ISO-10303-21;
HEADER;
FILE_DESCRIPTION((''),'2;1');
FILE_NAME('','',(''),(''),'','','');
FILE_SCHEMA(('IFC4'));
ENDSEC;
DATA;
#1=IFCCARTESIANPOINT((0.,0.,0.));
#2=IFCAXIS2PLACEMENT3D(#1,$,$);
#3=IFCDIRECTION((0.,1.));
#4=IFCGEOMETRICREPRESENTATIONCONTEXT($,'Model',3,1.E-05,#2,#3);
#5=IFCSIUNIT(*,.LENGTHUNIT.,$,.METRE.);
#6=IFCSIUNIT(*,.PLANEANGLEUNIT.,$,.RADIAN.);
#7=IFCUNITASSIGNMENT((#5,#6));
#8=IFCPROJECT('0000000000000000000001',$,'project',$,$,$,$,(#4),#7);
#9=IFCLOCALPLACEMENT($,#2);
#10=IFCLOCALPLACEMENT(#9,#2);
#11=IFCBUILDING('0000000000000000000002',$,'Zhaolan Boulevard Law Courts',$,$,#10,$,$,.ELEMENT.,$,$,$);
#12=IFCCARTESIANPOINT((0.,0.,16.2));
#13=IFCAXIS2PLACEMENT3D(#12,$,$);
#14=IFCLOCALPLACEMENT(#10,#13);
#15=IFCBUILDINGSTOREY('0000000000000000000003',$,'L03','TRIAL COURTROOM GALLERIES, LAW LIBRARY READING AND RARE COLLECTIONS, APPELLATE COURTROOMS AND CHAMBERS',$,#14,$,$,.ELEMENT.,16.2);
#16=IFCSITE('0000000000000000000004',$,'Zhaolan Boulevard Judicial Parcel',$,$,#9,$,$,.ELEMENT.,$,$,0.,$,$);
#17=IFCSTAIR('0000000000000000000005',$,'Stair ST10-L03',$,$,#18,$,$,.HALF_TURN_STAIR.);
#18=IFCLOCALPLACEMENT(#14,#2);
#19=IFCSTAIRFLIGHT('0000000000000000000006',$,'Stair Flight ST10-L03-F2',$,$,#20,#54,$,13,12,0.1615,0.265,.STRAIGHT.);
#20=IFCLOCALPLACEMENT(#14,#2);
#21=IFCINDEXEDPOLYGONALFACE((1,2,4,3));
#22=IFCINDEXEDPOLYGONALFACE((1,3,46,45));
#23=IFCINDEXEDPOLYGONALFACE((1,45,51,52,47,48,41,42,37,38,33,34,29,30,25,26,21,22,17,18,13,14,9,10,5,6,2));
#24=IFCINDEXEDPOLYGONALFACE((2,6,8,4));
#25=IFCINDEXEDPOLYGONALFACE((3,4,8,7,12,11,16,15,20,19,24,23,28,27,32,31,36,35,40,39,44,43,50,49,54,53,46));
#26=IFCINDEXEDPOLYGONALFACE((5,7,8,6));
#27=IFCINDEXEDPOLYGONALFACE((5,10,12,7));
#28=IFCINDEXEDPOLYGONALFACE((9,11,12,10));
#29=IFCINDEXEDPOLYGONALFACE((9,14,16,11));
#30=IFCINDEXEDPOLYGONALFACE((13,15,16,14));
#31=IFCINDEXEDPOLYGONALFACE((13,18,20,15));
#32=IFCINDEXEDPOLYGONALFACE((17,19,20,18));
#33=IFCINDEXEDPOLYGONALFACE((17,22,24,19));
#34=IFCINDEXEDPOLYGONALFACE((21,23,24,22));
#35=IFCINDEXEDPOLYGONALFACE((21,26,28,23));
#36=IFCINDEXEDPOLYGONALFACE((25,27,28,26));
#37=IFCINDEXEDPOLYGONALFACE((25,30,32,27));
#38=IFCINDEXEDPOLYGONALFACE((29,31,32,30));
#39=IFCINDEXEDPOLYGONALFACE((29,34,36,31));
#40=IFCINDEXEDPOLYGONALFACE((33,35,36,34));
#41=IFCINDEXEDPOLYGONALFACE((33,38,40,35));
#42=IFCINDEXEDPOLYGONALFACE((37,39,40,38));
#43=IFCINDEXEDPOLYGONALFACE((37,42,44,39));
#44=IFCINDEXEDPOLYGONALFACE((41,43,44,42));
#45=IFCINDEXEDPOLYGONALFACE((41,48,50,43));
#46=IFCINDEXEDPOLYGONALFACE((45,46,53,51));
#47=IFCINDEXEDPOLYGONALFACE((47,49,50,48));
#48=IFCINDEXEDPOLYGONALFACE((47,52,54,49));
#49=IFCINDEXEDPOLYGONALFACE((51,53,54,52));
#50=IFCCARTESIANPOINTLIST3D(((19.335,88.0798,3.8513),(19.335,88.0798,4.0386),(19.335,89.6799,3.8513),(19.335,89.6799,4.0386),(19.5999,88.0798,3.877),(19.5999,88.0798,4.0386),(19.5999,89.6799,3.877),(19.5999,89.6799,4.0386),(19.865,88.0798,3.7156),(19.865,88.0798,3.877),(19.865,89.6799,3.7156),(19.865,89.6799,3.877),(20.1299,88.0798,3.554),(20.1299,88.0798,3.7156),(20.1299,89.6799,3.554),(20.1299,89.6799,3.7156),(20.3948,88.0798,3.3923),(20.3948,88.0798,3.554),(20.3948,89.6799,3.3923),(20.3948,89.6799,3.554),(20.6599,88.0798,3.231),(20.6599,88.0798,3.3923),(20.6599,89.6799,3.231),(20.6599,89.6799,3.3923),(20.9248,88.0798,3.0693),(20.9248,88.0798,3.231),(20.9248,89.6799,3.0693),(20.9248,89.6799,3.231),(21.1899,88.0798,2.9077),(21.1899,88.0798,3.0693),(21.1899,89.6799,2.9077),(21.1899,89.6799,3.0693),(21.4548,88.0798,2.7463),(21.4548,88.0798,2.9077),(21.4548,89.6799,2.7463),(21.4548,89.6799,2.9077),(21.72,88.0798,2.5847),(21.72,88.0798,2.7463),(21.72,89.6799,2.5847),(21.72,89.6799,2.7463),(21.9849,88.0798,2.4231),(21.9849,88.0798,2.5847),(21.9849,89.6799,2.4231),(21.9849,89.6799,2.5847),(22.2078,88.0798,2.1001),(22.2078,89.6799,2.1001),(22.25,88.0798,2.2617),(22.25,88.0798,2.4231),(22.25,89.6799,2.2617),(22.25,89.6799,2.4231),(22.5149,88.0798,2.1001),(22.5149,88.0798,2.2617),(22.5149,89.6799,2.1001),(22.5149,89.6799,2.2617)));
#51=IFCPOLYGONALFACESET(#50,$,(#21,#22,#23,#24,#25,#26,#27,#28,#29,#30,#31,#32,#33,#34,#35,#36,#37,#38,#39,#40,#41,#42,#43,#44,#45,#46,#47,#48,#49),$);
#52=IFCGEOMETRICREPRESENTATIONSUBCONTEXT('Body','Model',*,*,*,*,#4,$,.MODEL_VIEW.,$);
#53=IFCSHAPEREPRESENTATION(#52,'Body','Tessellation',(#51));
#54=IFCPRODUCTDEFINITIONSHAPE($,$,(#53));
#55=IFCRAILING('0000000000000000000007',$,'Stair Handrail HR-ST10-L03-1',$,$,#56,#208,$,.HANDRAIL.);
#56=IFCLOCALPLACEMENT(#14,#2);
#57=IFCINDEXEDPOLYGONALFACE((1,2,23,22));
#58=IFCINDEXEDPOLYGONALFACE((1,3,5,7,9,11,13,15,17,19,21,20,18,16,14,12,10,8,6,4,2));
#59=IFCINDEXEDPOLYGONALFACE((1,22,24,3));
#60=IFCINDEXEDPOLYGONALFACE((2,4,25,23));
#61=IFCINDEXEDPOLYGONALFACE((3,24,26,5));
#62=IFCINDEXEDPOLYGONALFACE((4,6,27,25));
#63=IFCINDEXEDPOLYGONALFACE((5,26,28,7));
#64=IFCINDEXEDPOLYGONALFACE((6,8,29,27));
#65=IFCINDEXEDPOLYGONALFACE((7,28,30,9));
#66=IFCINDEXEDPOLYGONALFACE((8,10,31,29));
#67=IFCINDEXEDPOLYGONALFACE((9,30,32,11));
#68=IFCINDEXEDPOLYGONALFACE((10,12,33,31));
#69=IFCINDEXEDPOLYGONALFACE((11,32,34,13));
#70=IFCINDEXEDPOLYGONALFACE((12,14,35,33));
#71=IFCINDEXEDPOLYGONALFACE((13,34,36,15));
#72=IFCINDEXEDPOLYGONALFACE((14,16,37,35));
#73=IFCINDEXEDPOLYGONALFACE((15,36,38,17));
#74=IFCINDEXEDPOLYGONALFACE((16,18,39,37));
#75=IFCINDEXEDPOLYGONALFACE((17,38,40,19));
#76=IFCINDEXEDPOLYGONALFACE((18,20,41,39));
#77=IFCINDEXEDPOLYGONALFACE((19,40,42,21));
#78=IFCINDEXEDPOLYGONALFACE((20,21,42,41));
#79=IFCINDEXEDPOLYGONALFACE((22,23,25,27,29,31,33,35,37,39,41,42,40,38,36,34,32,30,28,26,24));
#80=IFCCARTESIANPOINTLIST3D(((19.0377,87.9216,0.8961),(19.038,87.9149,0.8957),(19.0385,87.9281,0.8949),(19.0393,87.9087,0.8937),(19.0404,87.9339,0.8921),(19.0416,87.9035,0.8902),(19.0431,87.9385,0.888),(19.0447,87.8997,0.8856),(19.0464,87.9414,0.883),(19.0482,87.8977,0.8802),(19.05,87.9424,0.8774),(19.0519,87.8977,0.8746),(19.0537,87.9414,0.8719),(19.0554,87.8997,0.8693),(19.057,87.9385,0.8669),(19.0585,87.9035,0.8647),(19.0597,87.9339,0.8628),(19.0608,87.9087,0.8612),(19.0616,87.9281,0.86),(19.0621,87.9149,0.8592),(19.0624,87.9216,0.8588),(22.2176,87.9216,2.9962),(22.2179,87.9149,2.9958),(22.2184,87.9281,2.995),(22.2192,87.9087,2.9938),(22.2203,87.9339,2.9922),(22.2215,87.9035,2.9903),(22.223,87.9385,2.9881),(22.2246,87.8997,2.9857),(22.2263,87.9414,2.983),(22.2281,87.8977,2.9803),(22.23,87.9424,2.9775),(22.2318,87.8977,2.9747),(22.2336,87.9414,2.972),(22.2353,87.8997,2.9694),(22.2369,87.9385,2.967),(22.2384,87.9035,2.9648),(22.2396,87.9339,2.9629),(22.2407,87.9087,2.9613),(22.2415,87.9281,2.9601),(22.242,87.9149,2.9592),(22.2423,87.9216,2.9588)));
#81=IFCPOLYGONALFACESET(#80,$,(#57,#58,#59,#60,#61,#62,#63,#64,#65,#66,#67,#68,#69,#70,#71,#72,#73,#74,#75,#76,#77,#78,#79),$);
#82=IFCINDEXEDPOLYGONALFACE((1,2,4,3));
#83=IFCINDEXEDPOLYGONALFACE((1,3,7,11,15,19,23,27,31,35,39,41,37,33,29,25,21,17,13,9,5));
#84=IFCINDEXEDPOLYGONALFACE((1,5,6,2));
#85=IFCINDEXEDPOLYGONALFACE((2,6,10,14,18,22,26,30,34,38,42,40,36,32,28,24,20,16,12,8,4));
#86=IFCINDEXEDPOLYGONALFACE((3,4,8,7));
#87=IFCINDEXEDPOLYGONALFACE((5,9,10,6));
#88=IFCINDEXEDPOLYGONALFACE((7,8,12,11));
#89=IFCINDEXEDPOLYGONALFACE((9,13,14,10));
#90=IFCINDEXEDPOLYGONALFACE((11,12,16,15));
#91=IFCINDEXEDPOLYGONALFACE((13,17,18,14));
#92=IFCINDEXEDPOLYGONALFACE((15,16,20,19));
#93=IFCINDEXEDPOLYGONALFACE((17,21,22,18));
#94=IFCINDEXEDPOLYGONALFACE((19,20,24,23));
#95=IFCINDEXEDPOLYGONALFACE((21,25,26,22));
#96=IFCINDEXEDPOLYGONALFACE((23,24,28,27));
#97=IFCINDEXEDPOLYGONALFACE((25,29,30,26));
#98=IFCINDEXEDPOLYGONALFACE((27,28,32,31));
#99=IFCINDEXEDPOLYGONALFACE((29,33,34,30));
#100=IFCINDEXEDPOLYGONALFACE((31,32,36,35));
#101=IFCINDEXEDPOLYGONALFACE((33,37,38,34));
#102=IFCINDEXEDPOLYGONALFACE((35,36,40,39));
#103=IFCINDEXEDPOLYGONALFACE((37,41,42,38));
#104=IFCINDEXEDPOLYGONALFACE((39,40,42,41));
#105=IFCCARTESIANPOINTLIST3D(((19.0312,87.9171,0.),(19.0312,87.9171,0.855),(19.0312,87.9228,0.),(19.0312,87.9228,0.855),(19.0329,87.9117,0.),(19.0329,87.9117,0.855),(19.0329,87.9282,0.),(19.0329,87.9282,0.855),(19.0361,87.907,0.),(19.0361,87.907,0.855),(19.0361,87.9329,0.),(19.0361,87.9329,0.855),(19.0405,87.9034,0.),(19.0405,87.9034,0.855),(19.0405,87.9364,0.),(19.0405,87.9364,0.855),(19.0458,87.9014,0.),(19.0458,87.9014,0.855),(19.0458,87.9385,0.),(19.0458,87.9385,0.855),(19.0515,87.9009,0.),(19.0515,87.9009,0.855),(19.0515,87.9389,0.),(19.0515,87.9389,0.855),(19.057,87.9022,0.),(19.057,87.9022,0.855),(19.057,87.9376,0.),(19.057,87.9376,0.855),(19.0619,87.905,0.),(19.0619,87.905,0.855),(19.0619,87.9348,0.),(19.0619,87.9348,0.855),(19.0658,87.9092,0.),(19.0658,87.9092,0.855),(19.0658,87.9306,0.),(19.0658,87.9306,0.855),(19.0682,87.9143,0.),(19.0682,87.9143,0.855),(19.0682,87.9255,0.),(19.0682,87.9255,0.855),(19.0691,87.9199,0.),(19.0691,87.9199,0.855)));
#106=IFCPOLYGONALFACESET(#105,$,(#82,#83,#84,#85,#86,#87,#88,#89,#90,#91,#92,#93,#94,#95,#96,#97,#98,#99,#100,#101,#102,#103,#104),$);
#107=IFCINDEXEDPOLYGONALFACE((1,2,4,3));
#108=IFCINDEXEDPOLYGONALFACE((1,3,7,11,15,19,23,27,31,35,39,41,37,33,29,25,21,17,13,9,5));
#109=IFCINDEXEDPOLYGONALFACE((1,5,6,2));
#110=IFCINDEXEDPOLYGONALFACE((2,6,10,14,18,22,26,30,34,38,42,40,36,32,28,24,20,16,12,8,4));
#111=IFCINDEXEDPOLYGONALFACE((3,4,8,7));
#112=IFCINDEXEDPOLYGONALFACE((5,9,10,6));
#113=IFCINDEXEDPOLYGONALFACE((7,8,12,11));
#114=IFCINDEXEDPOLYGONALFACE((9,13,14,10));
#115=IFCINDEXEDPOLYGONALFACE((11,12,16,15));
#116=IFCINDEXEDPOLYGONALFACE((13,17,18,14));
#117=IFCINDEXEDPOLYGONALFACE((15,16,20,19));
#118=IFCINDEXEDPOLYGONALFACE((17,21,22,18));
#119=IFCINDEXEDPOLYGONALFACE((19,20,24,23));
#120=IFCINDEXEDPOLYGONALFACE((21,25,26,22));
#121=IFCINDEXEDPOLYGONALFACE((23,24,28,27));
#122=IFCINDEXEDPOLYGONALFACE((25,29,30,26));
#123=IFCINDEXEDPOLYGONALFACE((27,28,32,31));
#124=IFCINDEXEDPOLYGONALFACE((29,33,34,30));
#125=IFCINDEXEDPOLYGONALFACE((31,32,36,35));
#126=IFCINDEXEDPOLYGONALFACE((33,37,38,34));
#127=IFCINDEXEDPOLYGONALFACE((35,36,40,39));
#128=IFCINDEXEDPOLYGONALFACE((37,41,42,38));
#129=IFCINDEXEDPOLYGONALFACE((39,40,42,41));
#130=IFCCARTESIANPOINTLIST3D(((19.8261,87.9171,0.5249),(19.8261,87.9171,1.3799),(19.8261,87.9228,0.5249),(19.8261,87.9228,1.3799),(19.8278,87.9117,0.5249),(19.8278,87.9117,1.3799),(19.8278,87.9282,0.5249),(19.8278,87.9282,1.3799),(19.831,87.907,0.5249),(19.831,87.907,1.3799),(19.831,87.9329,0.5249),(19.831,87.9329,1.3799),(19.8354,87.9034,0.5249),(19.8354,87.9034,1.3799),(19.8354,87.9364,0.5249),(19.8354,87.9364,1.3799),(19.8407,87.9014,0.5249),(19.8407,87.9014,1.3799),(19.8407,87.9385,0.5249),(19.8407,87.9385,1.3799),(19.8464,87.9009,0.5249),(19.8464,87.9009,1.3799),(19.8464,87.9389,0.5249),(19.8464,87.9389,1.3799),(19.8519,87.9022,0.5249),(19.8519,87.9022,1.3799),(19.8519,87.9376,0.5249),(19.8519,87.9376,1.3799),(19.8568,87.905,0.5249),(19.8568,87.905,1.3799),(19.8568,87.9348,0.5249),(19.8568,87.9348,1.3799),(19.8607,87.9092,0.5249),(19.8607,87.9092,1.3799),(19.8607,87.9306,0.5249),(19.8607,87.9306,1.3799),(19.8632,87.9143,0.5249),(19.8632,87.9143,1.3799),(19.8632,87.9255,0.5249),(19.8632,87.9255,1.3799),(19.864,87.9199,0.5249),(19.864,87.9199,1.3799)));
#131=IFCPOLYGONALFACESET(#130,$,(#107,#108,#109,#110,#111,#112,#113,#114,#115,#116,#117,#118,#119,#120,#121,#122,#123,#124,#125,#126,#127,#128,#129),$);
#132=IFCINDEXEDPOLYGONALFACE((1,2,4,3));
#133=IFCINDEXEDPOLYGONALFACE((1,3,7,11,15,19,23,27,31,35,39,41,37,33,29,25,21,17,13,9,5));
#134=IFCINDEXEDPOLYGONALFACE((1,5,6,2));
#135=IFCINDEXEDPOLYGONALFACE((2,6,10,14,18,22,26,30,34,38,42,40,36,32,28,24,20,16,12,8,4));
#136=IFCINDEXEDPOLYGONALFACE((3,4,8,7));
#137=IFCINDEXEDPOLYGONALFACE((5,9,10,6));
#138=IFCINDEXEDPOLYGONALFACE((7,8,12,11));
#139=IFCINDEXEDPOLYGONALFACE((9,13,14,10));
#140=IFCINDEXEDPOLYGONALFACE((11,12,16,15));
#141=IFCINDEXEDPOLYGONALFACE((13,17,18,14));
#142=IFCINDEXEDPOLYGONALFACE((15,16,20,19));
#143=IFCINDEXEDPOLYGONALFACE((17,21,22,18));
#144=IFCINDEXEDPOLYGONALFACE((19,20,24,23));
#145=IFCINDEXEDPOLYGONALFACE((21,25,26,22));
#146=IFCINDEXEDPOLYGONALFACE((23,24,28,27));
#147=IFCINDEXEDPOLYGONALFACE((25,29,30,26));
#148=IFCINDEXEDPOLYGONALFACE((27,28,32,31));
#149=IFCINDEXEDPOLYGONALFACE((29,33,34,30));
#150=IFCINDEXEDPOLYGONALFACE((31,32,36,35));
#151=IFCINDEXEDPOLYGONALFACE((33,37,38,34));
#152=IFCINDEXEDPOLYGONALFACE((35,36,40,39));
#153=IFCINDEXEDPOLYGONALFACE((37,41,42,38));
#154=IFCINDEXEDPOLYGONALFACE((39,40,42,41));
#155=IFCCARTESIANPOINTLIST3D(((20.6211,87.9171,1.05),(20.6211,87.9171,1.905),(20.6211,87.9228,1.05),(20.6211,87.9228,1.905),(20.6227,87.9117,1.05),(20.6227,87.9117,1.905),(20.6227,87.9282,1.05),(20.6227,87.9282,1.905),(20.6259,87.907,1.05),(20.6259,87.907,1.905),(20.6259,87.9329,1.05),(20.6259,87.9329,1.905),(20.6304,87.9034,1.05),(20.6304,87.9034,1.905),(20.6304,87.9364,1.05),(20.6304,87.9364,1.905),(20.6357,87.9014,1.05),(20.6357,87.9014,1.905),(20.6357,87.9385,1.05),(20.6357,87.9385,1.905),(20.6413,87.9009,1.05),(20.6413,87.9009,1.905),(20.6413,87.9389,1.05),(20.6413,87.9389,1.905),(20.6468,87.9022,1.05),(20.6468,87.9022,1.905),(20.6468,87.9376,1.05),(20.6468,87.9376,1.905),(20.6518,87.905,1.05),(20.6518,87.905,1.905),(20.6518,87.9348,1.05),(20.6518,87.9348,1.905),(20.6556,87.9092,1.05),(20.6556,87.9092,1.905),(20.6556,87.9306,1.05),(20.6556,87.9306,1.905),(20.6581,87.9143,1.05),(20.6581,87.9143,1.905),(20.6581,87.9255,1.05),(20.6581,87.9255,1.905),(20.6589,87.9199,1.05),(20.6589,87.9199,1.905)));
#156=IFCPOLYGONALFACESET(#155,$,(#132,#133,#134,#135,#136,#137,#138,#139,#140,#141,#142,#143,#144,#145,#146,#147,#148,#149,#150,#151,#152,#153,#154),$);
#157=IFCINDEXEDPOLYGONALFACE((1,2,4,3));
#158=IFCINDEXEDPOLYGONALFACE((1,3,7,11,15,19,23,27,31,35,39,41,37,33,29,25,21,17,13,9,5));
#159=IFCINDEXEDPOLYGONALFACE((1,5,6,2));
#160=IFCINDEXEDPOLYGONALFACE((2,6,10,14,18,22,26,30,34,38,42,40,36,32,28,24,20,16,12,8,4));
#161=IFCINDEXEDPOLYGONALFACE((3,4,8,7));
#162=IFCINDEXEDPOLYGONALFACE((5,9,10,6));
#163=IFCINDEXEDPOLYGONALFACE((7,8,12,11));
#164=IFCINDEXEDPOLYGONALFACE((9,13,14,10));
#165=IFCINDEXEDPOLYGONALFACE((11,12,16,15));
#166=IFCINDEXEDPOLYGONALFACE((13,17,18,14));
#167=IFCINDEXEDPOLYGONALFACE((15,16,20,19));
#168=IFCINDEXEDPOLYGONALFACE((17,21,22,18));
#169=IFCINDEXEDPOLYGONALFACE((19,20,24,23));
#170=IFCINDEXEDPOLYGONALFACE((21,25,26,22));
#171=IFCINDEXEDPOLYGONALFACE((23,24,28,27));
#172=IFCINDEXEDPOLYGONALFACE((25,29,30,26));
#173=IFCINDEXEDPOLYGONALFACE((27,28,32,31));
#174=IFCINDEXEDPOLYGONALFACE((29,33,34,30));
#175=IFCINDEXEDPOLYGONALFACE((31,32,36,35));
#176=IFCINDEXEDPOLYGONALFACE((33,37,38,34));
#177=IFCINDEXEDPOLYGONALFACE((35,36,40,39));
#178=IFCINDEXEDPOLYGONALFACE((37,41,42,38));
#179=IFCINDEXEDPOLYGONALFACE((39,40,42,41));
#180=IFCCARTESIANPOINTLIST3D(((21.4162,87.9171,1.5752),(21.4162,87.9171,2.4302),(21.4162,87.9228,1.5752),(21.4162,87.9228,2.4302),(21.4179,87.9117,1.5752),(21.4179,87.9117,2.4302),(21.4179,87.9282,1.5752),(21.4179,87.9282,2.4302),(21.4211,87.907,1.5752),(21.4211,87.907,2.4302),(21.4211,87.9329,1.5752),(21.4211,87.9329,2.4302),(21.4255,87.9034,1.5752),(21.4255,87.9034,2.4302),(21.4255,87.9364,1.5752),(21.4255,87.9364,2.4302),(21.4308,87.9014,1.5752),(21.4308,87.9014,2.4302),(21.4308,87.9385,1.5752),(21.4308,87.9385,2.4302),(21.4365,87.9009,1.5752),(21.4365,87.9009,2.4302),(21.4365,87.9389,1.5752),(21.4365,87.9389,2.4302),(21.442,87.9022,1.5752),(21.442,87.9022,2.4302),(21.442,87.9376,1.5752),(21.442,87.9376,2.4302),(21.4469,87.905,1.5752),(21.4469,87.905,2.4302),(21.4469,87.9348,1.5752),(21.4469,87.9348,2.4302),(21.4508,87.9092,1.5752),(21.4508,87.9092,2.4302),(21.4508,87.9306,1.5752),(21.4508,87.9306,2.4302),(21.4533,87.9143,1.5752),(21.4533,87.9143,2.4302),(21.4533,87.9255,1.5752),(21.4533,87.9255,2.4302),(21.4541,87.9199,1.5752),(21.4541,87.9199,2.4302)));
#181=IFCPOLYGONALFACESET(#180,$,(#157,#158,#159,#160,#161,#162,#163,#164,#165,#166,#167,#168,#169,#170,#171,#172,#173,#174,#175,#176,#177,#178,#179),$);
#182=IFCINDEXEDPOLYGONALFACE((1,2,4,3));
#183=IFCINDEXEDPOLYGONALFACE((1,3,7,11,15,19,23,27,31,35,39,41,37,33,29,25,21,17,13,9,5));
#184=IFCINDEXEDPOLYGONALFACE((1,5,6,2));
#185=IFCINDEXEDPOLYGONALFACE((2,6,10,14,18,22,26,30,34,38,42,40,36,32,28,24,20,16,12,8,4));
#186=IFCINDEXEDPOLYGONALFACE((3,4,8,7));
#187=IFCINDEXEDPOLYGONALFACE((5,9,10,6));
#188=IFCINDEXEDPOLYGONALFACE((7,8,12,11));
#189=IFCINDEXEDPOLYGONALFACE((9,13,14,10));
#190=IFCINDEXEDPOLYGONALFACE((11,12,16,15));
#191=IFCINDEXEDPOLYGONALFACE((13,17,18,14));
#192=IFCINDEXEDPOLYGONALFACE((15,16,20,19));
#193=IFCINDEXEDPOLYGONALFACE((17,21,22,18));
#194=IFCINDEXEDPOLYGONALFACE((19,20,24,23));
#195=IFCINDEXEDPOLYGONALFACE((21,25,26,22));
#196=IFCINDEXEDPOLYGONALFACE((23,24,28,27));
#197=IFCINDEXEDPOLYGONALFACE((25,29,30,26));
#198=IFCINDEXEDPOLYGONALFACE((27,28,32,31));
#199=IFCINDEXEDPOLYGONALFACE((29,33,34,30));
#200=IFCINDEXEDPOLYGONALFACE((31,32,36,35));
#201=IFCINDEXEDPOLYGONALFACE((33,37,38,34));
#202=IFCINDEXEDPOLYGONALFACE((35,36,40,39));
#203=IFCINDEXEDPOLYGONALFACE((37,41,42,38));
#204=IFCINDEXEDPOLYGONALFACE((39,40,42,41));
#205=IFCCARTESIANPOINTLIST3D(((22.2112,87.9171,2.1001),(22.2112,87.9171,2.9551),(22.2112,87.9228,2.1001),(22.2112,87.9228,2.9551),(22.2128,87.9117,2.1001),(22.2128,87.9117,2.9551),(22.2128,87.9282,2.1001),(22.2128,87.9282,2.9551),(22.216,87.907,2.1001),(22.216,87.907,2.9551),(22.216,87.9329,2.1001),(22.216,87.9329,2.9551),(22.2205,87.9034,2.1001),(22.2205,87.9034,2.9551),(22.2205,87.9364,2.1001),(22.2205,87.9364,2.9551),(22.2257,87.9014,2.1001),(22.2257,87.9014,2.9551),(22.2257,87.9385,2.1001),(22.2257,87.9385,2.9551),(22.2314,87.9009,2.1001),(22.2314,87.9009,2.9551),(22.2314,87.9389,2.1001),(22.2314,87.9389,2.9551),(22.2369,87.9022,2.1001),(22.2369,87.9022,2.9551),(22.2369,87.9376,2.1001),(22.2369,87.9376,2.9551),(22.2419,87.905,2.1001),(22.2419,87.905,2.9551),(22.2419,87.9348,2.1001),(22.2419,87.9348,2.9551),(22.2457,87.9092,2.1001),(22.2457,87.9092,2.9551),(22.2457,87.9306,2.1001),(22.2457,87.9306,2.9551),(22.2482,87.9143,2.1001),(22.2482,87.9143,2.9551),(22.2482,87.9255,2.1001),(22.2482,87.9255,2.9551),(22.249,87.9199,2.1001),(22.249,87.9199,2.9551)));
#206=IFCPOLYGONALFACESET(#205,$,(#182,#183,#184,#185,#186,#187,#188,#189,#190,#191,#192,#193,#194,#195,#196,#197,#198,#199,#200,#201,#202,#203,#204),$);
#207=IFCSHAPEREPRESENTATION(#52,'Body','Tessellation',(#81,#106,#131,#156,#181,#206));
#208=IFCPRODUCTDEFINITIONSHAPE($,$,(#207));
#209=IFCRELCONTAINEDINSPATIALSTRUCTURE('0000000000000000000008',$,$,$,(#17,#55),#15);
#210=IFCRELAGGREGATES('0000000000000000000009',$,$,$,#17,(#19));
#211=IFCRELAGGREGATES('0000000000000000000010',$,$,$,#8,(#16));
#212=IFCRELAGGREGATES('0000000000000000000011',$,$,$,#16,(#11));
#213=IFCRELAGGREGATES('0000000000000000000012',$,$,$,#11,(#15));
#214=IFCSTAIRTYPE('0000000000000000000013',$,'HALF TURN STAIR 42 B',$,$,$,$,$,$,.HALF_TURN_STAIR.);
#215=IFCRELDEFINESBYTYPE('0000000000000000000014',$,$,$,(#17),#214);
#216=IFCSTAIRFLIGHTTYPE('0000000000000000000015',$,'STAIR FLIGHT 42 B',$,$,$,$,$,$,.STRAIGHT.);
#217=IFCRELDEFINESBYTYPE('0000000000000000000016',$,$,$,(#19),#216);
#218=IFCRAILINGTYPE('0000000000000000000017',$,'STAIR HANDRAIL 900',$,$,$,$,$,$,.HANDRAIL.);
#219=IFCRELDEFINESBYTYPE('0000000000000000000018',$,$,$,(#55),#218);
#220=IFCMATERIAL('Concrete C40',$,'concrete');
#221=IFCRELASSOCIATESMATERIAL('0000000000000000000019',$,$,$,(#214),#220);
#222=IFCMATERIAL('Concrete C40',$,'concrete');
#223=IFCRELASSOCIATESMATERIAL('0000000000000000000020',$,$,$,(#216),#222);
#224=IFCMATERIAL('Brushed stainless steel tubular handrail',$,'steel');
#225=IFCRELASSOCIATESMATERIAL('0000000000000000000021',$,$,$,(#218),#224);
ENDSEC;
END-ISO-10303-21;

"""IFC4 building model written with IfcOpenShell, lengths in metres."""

from ifc_helpers import new_model, si_unit, direction, frame, origin, origin_2d, place, context, subcontext, project, spatial, polyline, circle, outline, extrude, material, type_object, element, aggregate, save


model = new_model("IFC4")

# Units and contexts
model_context = context("Model", 3, precision=1e-05, world=origin(), true_north=direction((0.0, 1.0)))
body_context = subcontext(model_context, "Body", "Model", "MODEL_VIEW")
ifc_project = project(units=[si_unit("LENGTHUNIT", "METRE"), si_unit("PLANEANGLEUNIT", "RADIAN")], contexts=[model_context])

# Site, building, storey
site_placement = place(None, origin())
site = spatial("IfcSite", under=ifc_project, at=site_placement, Name="Zhaolan Boulevard Judicial Parcel", CompositionType="ELEMENT", RefElevation=0.0)
building_placement = place(site_placement, origin())
building = spatial("IfcBuilding", under=site, at=building_placement, Name="Zhaolan Boulevard Law Courts", CompositionType="ELEMENT")
storey_placement = place(building_placement, frame((0.0, 0.0, 16.2)))
storey = spatial("IfcBuildingStorey", under=building, at=storey_placement, Name="L03", Description="TRIAL COURTROOM GALLERIES, LAW LIBRARY READING AND RARE COLLECTIONS, APPELLATE COURTROOMS AND CHAMBERS", CompositionType="ELEMENT", Elevation=16.2)

# Stair, stair flight
ifc_material_1 = material(Name="Concrete C40", Category="concrete")
stair_type = type_object("IfcStairType", Name="HALF TURN STAIR 42 B", PredefinedType="HALF_TURN_STAIR", material=ifc_material_1)
stair_placement = place(storey_placement, origin())
stair = element("IfcStair", 1, at=stair_placement, inside=storey, type_object=stair_type, Name="Stair ST10-L03", PredefinedType="HALF_TURN_STAIR")
ifc_material_2 = material(Name="Concrete C40", Category="concrete")
stair_flight_type = type_object("IfcStairFlightType", Name="STAIR FLIGHT 42 B", PredefinedType="STRAIGHT", material=ifc_material_2)
stair_flight_1_placement = place(storey_placement, frame((22.5149, 88.8799, 2.1001), z_axis=(0.0, 0.0, 1.0), x_axis=(-1.0, 0.0, 0.0)))
stair_flight_1 = element("IfcStairFlight", 2, at=stair_flight_1_placement, type_object=stair_flight_type, Name="Stair Flight ST10-L03-F2", NumberOfRisers=13, NumberOfTreads=12, PredefinedType="STRAIGHT", RiserHeight=0.1615, TreadLength=0.265, context=body_context, shape_type="SweptSolid", body=[
    extrude(outline(polyline([(0.0, 0.0), (0.0, 0.1616), (0.2649, 0.1616), (0.2649, 0.323), (0.53, 0.323), (0.53, 0.4846), (0.7949, 0.4846), (0.7949, 0.6462), (1.0601, 0.6462), (1.0601, 0.8076), (1.325, 0.8076), (1.325, 0.9692), (1.5901, 0.9692), (1.5901, 1.1309), (1.855, 1.1309), (1.855, 1.2922), (2.1201, 1.2922), (2.1201, 1.4539), (2.385, 1.4539), (2.385, 1.6155), (2.6499, 1.6155), (2.6499, 1.7769), (2.915, 1.7769), (2.915, 1.9385), (3.1799, 1.9385), (3.1799, 2.1001), (3.1799, 1.7512), (0.3071, 0.0), (0.0, 0.0)])), frame((0.0, 0.8, 0.0), z_axis=(0.0, -1.0, 0.0), x_axis=(1.0, 0.0, 0.0)), (0.0, 0.0, 1.0), 1.6001),
])
aggregate(stair, [stair_flight_1])

# Railing
ifc_material_3 = material(Name="Brushed stainless steel tubular handrail", Category="steel")
railing_type_1 = type_object("IfcRailingType", Name="STAIR HANDRAIL 900", PredefinedType="HANDRAIL", material=ifc_material_3)
railing_1_placement = place(storey_placement, frame((19.05, 87.9199, 0.0)))
element("IfcRailing", 3, at=railing_1_placement, inside=storey, type_object=railing_type_1, Name="Stair Handrail HR-ST10-L03-1", PredefinedType="HANDRAIL", context=body_context, shape_type="SweptSolid", body=[
    extrude(circle(Radius=0.0225, at=origin_2d()), frame((0.0, 0.0, 0.8774), z_axis=(0.834447, 0.0, 0.551088), x_axis=(0.0, 1.0, 0.0)), (0.0, 0.0, 1.0), 3.8108),
    extrude(circle(Radius=0.019, at=origin_2d()), origin(), (0.0, 0.0, 1.0), 0.855),
    extrude(circle(Radius=0.019, at=origin_2d()), frame((0.7949, 0.0, 0.5249)), (0.0, 0.0, 1.0), 0.855),
    extrude(circle(Radius=0.019, at=origin_2d()), frame((1.5898, 0.0, 1.05)), (0.0, 0.0, 1.0), 0.855),
    extrude(circle(Radius=0.019, at=origin_2d()), frame((2.385, 0.0, 1.5752)), (0.0, 0.0, 1.0), 0.855),
    extrude(circle(Radius=0.019, at=origin_2d()), frame((3.1799, 0.0, 2.1001)), (0.0, 0.0, 1.0), 0.855),
])

save(model, "model.ifc")
